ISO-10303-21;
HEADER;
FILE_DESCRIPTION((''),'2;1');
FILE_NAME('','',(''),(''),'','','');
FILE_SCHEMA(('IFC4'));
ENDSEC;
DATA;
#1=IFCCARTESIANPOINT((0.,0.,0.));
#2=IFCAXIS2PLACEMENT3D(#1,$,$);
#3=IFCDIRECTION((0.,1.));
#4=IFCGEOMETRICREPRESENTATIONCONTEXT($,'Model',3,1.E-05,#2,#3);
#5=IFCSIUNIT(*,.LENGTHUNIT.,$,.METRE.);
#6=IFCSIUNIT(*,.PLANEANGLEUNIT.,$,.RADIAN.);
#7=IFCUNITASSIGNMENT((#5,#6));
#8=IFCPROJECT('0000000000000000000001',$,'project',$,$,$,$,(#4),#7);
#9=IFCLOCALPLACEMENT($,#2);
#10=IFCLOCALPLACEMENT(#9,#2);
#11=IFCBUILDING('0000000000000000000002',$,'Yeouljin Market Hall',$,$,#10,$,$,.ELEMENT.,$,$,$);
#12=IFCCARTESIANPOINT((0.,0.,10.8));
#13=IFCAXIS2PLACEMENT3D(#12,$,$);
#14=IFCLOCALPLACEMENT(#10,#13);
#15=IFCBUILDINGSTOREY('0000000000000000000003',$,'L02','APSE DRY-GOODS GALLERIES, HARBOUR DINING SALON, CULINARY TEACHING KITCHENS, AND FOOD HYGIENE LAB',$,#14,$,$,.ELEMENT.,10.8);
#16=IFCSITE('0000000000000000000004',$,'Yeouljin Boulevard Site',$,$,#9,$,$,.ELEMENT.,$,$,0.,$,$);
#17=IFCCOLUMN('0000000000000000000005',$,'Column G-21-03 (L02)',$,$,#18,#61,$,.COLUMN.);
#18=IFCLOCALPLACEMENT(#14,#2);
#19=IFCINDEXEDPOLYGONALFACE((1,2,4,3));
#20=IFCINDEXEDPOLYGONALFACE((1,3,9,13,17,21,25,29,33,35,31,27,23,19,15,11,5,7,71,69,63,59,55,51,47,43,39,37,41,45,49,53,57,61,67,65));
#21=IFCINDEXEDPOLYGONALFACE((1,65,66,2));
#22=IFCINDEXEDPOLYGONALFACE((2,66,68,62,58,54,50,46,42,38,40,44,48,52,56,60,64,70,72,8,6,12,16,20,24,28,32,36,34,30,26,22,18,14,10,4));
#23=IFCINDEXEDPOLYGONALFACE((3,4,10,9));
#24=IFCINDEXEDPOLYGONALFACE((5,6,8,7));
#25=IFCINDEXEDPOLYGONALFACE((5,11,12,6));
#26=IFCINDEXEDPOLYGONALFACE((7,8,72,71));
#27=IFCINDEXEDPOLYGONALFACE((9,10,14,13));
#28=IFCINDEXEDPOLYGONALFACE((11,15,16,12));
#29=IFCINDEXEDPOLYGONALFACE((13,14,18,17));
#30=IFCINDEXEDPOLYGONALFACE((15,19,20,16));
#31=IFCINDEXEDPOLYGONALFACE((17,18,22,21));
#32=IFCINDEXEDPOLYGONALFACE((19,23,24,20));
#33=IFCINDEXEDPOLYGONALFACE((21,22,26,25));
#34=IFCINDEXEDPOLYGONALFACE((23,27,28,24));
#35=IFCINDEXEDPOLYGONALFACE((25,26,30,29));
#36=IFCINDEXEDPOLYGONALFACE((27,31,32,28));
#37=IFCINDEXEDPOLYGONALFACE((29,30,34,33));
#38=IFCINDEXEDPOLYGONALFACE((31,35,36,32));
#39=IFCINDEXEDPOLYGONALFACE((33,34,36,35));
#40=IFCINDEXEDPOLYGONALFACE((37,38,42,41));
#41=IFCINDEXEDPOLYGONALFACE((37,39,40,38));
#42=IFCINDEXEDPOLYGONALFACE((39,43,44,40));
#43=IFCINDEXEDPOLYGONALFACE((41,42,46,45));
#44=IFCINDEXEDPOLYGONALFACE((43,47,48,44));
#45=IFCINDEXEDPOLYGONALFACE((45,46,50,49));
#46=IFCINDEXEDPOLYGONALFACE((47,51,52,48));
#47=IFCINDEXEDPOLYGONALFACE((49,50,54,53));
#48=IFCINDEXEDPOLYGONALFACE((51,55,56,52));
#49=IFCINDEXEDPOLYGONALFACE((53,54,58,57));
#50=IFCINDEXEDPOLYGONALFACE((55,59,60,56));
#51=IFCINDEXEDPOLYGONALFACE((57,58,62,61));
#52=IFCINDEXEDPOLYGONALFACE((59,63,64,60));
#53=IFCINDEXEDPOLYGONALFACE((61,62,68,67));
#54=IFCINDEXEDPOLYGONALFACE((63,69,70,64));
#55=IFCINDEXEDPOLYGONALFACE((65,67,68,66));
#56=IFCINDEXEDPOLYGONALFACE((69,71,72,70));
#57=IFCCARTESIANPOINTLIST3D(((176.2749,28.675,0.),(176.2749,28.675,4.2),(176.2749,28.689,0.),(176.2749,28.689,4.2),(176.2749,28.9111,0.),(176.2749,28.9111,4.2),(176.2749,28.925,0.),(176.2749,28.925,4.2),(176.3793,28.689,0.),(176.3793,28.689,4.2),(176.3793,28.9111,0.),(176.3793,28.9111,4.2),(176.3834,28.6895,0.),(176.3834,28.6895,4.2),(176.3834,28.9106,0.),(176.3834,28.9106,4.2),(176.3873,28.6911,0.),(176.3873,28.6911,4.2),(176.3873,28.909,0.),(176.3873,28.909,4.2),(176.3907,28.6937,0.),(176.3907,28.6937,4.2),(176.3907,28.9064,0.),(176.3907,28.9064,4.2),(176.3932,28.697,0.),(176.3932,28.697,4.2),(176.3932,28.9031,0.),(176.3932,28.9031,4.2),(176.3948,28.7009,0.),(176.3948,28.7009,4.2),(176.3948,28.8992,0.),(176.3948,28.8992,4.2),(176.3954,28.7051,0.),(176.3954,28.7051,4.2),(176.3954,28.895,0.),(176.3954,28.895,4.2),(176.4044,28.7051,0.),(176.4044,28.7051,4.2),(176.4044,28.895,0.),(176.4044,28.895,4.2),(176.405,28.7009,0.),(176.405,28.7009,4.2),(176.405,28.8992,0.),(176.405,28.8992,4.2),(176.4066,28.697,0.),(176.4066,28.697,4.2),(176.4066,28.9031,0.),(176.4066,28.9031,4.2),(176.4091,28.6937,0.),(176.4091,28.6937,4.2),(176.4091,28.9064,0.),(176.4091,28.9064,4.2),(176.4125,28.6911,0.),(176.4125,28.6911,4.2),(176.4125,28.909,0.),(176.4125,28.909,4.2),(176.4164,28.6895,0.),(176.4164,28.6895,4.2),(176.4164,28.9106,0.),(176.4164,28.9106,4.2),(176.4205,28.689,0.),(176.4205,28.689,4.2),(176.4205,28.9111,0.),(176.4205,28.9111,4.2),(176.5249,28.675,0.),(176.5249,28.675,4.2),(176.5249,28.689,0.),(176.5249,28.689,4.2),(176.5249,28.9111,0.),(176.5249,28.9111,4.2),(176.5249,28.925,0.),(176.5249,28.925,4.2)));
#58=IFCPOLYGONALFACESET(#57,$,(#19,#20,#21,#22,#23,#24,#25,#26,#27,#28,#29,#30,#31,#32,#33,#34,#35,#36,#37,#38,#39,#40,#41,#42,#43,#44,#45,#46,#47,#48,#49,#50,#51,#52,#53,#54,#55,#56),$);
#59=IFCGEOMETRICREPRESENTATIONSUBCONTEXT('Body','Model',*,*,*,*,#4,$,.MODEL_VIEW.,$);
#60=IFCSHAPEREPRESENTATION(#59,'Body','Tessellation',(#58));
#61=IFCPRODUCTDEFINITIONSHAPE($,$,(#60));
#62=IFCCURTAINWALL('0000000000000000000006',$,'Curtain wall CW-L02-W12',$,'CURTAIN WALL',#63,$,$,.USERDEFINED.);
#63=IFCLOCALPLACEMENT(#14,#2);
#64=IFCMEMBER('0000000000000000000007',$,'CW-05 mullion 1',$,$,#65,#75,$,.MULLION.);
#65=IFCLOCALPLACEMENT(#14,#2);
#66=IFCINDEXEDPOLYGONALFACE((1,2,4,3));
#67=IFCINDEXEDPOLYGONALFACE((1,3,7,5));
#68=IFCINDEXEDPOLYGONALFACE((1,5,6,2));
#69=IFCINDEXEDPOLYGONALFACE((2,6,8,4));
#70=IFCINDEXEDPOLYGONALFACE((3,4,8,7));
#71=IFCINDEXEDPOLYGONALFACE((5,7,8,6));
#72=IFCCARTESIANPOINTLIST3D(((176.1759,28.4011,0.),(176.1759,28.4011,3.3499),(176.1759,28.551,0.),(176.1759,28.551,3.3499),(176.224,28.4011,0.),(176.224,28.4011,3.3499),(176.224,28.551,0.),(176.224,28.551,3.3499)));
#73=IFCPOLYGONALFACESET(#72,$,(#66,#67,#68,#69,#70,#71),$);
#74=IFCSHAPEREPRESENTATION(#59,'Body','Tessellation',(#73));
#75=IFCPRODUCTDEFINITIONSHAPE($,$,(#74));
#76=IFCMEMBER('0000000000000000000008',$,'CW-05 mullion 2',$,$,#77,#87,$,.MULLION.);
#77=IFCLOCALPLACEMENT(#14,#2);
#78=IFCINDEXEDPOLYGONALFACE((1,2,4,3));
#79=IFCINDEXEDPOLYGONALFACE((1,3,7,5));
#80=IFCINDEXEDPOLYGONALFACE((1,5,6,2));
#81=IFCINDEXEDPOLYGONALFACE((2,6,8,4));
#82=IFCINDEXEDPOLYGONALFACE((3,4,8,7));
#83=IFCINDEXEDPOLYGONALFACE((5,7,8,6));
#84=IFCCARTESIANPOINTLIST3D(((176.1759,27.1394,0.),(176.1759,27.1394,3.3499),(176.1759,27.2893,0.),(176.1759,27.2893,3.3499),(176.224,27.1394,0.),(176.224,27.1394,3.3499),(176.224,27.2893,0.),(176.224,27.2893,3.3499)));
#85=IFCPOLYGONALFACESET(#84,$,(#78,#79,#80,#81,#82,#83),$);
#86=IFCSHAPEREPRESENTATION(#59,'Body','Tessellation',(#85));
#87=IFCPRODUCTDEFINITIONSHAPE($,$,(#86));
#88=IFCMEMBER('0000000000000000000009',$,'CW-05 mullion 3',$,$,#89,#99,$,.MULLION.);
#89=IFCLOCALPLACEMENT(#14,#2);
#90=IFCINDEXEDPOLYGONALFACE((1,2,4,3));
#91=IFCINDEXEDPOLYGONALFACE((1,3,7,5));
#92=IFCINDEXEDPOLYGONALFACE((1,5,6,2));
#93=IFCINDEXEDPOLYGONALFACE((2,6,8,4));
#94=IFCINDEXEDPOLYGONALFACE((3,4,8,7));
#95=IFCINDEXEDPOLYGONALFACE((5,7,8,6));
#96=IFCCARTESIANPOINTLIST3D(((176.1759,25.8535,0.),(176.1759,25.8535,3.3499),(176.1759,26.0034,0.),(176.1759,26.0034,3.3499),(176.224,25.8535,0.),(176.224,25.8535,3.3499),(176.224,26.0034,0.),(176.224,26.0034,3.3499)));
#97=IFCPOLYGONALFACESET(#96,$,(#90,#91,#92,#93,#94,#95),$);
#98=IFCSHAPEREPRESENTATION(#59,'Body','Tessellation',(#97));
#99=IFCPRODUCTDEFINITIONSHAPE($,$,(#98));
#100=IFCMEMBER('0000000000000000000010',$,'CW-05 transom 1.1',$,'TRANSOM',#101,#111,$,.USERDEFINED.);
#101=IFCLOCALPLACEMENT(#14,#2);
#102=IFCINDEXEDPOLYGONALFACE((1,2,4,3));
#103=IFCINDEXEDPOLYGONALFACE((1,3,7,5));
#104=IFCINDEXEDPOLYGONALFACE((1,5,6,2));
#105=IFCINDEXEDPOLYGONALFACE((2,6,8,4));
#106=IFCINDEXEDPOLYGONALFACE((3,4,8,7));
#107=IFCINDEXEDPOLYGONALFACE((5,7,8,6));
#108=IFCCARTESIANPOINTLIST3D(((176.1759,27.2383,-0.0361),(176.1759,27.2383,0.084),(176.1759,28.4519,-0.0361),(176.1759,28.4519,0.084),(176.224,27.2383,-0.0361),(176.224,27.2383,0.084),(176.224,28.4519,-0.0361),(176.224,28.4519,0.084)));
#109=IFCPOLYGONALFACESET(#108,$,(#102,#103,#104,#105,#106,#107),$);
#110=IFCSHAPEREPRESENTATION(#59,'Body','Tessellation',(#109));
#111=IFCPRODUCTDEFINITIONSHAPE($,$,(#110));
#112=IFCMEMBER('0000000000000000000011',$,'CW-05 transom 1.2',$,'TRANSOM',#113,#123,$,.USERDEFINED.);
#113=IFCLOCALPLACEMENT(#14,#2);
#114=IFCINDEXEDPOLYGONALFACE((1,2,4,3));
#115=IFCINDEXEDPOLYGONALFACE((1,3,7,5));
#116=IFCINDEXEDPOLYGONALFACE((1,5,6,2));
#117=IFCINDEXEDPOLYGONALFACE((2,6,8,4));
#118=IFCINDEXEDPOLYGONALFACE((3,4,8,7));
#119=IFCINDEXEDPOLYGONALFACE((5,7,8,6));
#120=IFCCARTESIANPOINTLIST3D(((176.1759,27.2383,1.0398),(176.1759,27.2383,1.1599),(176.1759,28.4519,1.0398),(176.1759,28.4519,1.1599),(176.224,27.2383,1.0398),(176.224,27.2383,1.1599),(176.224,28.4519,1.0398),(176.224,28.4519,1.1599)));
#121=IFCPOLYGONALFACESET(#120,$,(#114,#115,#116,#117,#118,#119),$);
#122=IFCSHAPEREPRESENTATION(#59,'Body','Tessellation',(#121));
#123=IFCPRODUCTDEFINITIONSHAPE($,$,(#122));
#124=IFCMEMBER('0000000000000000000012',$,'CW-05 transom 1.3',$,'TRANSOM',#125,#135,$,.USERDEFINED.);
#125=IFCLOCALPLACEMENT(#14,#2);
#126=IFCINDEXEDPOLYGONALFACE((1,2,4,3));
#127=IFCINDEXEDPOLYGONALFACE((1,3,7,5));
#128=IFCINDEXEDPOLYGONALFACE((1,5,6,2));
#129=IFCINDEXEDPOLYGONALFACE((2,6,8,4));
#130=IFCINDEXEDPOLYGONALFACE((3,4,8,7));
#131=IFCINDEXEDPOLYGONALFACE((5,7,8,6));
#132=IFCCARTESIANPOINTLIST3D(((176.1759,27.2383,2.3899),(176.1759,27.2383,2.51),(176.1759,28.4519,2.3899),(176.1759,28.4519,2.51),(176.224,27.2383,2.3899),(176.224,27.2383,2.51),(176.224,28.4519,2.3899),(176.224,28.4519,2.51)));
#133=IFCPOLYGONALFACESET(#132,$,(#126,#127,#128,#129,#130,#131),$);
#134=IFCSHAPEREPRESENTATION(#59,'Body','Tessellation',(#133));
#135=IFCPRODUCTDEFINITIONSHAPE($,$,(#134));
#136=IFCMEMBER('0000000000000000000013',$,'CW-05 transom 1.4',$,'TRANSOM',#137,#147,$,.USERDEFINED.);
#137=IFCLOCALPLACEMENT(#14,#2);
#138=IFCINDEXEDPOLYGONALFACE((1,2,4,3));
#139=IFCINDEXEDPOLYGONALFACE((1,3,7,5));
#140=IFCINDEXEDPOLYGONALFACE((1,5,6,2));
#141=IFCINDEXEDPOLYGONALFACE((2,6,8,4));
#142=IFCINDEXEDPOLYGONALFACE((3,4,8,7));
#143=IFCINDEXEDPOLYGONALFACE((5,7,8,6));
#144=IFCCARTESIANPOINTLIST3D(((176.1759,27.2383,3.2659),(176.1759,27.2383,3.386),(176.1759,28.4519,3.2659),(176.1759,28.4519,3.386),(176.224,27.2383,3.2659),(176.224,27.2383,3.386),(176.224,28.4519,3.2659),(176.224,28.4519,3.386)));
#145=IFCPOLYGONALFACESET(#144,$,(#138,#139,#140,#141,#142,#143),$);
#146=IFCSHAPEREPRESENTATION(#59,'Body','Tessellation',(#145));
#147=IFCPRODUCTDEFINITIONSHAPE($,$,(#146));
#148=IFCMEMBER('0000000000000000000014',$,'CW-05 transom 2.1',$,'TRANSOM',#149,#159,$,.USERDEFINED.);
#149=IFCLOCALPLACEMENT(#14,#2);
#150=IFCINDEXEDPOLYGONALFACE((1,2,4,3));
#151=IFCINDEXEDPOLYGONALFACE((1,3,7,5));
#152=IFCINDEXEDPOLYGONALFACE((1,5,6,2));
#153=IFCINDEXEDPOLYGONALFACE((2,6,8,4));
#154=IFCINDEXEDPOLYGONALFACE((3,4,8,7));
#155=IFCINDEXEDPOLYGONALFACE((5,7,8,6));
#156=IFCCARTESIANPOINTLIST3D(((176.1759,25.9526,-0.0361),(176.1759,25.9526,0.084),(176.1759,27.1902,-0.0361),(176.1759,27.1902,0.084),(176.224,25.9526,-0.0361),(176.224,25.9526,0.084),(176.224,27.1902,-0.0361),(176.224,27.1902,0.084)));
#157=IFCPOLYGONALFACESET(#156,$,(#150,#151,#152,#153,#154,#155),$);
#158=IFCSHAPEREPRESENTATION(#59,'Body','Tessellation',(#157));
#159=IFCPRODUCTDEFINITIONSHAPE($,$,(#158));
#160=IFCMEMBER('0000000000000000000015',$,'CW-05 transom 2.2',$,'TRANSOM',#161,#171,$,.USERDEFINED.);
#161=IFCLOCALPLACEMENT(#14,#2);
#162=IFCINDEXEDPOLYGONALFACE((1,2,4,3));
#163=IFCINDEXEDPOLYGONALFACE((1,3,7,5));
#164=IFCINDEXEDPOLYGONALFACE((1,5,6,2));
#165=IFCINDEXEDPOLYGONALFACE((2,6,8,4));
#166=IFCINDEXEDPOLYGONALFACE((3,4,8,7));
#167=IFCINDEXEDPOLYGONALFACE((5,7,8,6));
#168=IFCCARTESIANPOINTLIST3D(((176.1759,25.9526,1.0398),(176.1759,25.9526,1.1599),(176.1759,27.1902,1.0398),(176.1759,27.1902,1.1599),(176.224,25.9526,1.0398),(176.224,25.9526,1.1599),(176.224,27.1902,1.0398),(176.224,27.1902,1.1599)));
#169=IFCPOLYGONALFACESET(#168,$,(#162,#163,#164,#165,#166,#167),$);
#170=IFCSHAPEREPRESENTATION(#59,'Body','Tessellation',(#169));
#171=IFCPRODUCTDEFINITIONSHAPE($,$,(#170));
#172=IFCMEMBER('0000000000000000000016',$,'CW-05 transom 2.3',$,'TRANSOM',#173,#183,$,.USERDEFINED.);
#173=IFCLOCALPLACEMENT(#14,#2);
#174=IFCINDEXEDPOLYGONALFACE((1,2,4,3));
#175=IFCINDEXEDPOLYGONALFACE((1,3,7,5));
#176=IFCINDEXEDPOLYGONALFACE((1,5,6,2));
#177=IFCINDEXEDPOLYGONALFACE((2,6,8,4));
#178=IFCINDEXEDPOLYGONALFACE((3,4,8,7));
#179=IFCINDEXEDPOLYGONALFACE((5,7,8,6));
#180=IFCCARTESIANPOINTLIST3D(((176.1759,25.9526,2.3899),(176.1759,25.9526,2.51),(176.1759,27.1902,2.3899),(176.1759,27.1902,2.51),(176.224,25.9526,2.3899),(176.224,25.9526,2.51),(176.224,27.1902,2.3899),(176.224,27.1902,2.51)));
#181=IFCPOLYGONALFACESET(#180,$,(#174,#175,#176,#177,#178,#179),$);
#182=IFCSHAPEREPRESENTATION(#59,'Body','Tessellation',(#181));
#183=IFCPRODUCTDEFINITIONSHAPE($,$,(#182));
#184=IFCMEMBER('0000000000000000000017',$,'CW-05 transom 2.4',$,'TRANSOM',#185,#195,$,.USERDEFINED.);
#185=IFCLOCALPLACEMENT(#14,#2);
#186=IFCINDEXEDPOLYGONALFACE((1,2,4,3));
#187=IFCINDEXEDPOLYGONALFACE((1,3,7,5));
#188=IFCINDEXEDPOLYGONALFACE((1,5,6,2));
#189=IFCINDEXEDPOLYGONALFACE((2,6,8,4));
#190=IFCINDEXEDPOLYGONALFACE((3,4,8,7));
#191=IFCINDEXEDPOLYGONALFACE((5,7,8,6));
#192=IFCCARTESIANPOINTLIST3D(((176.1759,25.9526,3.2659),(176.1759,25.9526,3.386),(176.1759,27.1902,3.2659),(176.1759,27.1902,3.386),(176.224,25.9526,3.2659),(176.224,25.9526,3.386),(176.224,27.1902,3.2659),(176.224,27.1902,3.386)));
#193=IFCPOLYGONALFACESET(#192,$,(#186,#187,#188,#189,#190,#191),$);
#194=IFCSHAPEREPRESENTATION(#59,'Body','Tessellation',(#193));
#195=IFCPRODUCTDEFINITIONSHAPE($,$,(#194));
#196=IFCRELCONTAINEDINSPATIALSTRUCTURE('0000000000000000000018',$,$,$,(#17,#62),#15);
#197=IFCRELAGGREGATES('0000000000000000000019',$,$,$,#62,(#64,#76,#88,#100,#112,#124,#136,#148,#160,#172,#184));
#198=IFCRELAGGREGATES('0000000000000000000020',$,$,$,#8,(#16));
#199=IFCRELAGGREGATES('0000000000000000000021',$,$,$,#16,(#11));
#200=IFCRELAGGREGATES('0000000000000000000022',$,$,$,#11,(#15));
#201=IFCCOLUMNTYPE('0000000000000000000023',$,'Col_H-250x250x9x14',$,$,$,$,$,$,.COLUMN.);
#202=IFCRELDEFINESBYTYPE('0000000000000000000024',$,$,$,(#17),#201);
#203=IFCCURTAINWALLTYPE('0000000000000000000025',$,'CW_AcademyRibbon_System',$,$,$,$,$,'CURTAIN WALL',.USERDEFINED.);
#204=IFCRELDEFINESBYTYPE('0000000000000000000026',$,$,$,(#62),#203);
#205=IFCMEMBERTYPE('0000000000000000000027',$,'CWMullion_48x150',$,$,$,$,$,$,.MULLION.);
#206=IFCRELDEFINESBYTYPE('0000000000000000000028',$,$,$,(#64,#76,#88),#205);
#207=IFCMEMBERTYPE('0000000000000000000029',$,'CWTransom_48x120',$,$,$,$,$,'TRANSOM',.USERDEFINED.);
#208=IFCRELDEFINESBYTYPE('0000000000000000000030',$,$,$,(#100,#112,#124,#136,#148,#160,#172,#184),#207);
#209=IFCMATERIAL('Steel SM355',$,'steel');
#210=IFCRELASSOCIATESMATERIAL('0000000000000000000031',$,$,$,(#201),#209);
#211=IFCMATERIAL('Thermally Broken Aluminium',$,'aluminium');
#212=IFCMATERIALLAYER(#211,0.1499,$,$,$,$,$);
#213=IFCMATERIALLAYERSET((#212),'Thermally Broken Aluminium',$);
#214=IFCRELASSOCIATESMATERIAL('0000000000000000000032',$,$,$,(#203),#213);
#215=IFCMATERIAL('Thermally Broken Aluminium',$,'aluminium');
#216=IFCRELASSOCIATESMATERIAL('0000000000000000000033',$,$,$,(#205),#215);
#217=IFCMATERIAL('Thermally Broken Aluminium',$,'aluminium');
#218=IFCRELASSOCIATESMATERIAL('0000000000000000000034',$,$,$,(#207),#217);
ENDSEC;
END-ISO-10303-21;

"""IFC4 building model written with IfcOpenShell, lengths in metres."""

from ifc_helpers import new_model, si_unit, direction, frame, origin, origin_2d, place, context, subcontext, project, spatial, rectangle, i_section, extrude, material, layer, layer_set, material_profile, profile_set, type_object, element, aggregate, save


model = new_model("IFC4")

# Units and contexts
model_context = context("Model", 3, precision=1e-05, world=origin(), true_north=direction((0.0, 1.0)))
body_context = subcontext(model_context, "Body", "Model", "MODEL_VIEW")
ifc_project = project(units=[si_unit("LENGTHUNIT", "METRE"), si_unit("PLANEANGLEUNIT", "RADIAN")], contexts=[model_context])

# Site, building, storey
site_placement = place(None, origin())
site = spatial("IfcSite", under=ifc_project, at=site_placement, Name="Yeouljin Boulevard Site", CompositionType="ELEMENT", RefElevation=0.0)
building_placement = place(site_placement, origin())
building = spatial("IfcBuilding", under=site, at=building_placement, Name="Yeouljin Market Hall", CompositionType="ELEMENT")
storey_placement = place(building_placement, frame((0.0, 0.0, 10.8)))
storey = spatial("IfcBuildingStorey", under=building, at=storey_placement, Name="L02", Description="APSE DRY-GOODS GALLERIES, HARBOUR DINING SALON, CULINARY TEACHING KITCHENS, AND FOOD HYGIENE LAB", CompositionType="ELEMENT", Elevation=10.8)

# Column
ifc_material_1 = material(Name="Steel SM355", Category="steel")
ifc_material_profile_1 = material_profile(ifc_material_1, i_section(OverallWidth=0.25, OverallDepth=0.25, WebThickness=0.009, FlangeThickness=0.0139, FilletRadius=0.0161, at=origin_2d()), Name="H-250x250x9x14")
ifc_profile_set_1 = profile_set([ifc_material_profile_1], Name="Steel SM355")
column_type = type_object("IfcColumnType", Name="Col_H-250x250x9x14", PredefinedType="COLUMN", material=ifc_profile_set_1)
column_placement = place(storey_placement, frame((176.3999, 28.8, 0.0), z_axis=(0.0, 0.0, 1.0), x_axis=(1.0, 0.0, 0.0)))
element("IfcColumn", 1, at=column_placement, inside=storey, type_object=column_type, Name="Column G-21-03 (L02)", PredefinedType="COLUMN", context=body_context, shape_type="SweptSolid", body=[
    extrude(i_section(OverallWidth=0.25, OverallDepth=0.25, WebThickness=0.009, FlangeThickness=0.0139, FilletRadius=0.0161, at=origin_2d()), origin(), (0.0, 0.0, 1.0), 4.2),
])

# Curtain wall, members
ifc_material_2 = material(Name="Thermally Broken Aluminium", Category="aluminium")
ifc_layer_1 = layer(ifc_material_2, 0.1499)
ifc_layer_set_1 = layer_set([ifc_layer_1], Name="Thermally Broken Aluminium")
curtain_wall_type = type_object("IfcCurtainWallType", Name="CW_AcademyRibbon_System", ElementType="CURTAIN WALL", PredefinedType="USERDEFINED", material=ifc_layer_set_1)
curtain_wall_placement = place(storey_placement, origin())
curtain_wall = element("IfcCurtainWall", 2, at=curtain_wall_placement, inside=storey, type_object=curtain_wall_type, Name="Curtain wall CW-L02-W12", ObjectType="CURTAIN WALL", PredefinedType="USERDEFINED")
ifc_material_3 = material(Name="Thermally Broken Aluminium", Category="aluminium")
ifc_material_profile_2 = material_profile(ifc_material_3, rectangle(XDim=0.0481, YDim=0.1499, at=origin_2d()), Name="CW-MULL-48x150")
ifc_profile_set_2 = profile_set([ifc_material_profile_2], Name="Thermally Broken Aluminium")
member_type_1 = type_object("IfcMemberType", Name="CWMullion_48x150", PredefinedType="MULLION", material=ifc_profile_set_2)
member_1_placement = place(storey_placement, frame((176.2, 28.4761, 0.0), z_axis=(0.0, 0.0, 1.0), x_axis=(1.0, 0.0, 0.0)))
member_1 = element("IfcMember", 3, at=member_1_placement, type_object=member_type_1, Name="CW-05 mullion 1", PredefinedType="MULLION", context=body_context, shape_type="SweptSolid", body=[
    extrude(rectangle(XDim=0.0481, YDim=0.1499, at=origin_2d()), origin(), (0.0, 0.0, 1.0), 3.3499),
])
member_2_placement = place(storey_placement, frame((176.2, 27.2144, 0.0), z_axis=(0.0, 0.0, 1.0), x_axis=(1.0, 0.0, 0.0)))
member_2 = element("IfcMember", 4, at=member_2_placement, type_object=member_type_1, Name="CW-05 mullion 2", PredefinedType="MULLION", context=body_context, shape_type="SweptSolid", body=[
    extrude(rectangle(XDim=0.0481, YDim=0.1499, at=origin_2d()), origin(), (0.0, 0.0, 1.0), 3.3499),
])
member_3_placement = place(storey_placement, frame((176.2, 25.9285, 0.0), z_axis=(0.0, 0.0, 1.0), x_axis=(1.0, 0.0, 0.0)))
member_3 = element("IfcMember", 5, at=member_3_placement, type_object=member_type_1, Name="CW-05 mullion 3", PredefinedType="MULLION", context=body_context, shape_type="SweptSolid", body=[
    extrude(rectangle(XDim=0.0481, YDim=0.1499, at=origin_2d()), origin(), (0.0, 0.0, 1.0), 3.3499),
])
ifc_material_4 = material(Name="Thermally Broken Aluminium", Category="aluminium")
ifc_material_profile_3 = material_profile(ifc_material_4, rectangle(XDim=0.0481, YDim=0.1201, at=origin_2d()), Name="CW-TRAN-48x120")
ifc_profile_set_3 = profile_set([ifc_material_profile_3], Name="Thermally Broken Aluminium")
member_type_2 = type_object("IfcMemberType", Name="CWTransom_48x120", ElementType="TRANSOM", PredefinedType="USERDEFINED", material=ifc_profile_set_3)
member_4_placement = place(storey_placement, frame((176.2, 28.4519, 0.0239), z_axis=(0.0, -1.0, 0.0), x_axis=(1.0, 0.0, 0.0)))
member_4 = element("IfcMember", 6, at=member_4_placement, type_object=member_type_2, Name="CW-05 transom 1.1", ObjectType="TRANSOM", PredefinedType="USERDEFINED", context=body_context, shape_type="SweptSolid", body=[
    extrude(rectangle(XDim=0.0481, YDim=0.1201, at=origin_2d()), origin(), (0.0, 0.0, 1.0), 1.2136),
])
member_5_placement = place(storey_placement, frame((176.2, 28.4519, 1.0999), z_axis=(0.0, -1.0, 0.0), x_axis=(1.0, 0.0, 0.0)))
member_5 = element("IfcMember", 7, at=member_5_placement, type_object=member_type_2, Name="CW-05 transom 1.2", ObjectType="TRANSOM", PredefinedType="USERDEFINED", context=body_context, shape_type="SweptSolid", body=[
    extrude(rectangle(XDim=0.0481, YDim=0.1201, at=origin_2d()), origin(), (0.0, 0.0, 1.0), 1.2136),
])
member_6_placement = place(storey_placement, frame((176.2, 28.4519, 2.45), z_axis=(0.0, -1.0, 0.0), x_axis=(1.0, 0.0, 0.0)))
member_6 = element("IfcMember", 8, at=member_6_placement, type_object=member_type_2, Name="CW-05 transom 1.3", ObjectType="TRANSOM", PredefinedType="USERDEFINED", context=body_context, shape_type="SweptSolid", body=[
    extrude(rectangle(XDim=0.0481, YDim=0.1201, at=origin_2d()), origin(), (0.0, 0.0, 1.0), 1.2136),
])
member_7_placement = place(storey_placement, frame((176.2, 28.4519, 3.3259), z_axis=(0.0, -1.0, 0.0), x_axis=(1.0, 0.0, 0.0)))
member_7 = element("IfcMember", 9, at=member_7_placement, type_object=member_type_2, Name="CW-05 transom 1.4", ObjectType="TRANSOM", PredefinedType="USERDEFINED", context=body_context, shape_type="SweptSolid", body=[
    extrude(rectangle(XDim=0.0481, YDim=0.1201, at=origin_2d()), origin(), (0.0, 0.0, 1.0), 1.2136),
])
member_8_placement = place(storey_placement, frame((176.2, 27.1902, 0.0239), z_axis=(0.0, -1.0, 0.0), x_axis=(1.0, 0.0, 0.0)))
member_8 = element("IfcMember", 10, at=member_8_placement, type_object=member_type_2, Name="CW-05 transom 2.1", ObjectType="TRANSOM", PredefinedType="USERDEFINED", context=body_context, shape_type="SweptSolid", body=[
    extrude(rectangle(XDim=0.0481, YDim=0.1201, at=origin_2d()), origin(), (0.0, 0.0, 1.0), 1.2375),
])
member_9_placement = place(storey_placement, frame((176.2, 27.1902, 1.0999), z_axis=(0.0, -1.0, 0.0), x_axis=(1.0, 0.0, 0.0)))
member_9 = element("IfcMember", 11, at=member_9_placement, type_object=member_type_2, Name="CW-05 transom 2.2", ObjectType="TRANSOM", PredefinedType="USERDEFINED", context=body_context, shape_type="SweptSolid", body=[
    extrude(rectangle(XDim=0.0481, YDim=0.1201, at=origin_2d()), origin(), (0.0, 0.0, 1.0), 1.2375),
])
member_10_placement = place(storey_placement, frame((176.2, 27.1902, 2.45), z_axis=(0.0, -1.0, 0.0), x_axis=(1.0, 0.0, 0.0)))
member_10 = element("IfcMember", 12, at=member_10_placement, type_object=member_type_2, Name="CW-05 transom 2.3", ObjectType="TRANSOM", PredefinedType="USERDEFINED", context=body_context, shape_type="SweptSolid", body=[
    extrude(rectangle(XDim=0.0481, YDim=0.1201, at=origin_2d()), origin(), (0.0, 0.0, 1.0), 1.2375),
])
member_11_placement = place(storey_placement, frame((176.2, 27.1902, 3.3259), z_axis=(0.0, -1.0, 0.0), x_axis=(1.0, 0.0, 0.0)))
member_11 = element("IfcMember", 13, at=member_11_placement, type_object=member_type_2, Name="CW-05 transom 2.4", ObjectType="TRANSOM", PredefinedType="USERDEFINED", context=body_context, shape_type="SweptSolid", body=[
    extrude(rectangle(XDim=0.0481, YDim=0.1201, at=origin_2d()), origin(), (0.0, 0.0, 1.0), 1.2375),
])
aggregate(curtain_wall, [member_1, member_2, member_3, member_4, member_5, member_6, member_7, member_8, member_9, member_10, member_11])

save(model, "model.ifc")
